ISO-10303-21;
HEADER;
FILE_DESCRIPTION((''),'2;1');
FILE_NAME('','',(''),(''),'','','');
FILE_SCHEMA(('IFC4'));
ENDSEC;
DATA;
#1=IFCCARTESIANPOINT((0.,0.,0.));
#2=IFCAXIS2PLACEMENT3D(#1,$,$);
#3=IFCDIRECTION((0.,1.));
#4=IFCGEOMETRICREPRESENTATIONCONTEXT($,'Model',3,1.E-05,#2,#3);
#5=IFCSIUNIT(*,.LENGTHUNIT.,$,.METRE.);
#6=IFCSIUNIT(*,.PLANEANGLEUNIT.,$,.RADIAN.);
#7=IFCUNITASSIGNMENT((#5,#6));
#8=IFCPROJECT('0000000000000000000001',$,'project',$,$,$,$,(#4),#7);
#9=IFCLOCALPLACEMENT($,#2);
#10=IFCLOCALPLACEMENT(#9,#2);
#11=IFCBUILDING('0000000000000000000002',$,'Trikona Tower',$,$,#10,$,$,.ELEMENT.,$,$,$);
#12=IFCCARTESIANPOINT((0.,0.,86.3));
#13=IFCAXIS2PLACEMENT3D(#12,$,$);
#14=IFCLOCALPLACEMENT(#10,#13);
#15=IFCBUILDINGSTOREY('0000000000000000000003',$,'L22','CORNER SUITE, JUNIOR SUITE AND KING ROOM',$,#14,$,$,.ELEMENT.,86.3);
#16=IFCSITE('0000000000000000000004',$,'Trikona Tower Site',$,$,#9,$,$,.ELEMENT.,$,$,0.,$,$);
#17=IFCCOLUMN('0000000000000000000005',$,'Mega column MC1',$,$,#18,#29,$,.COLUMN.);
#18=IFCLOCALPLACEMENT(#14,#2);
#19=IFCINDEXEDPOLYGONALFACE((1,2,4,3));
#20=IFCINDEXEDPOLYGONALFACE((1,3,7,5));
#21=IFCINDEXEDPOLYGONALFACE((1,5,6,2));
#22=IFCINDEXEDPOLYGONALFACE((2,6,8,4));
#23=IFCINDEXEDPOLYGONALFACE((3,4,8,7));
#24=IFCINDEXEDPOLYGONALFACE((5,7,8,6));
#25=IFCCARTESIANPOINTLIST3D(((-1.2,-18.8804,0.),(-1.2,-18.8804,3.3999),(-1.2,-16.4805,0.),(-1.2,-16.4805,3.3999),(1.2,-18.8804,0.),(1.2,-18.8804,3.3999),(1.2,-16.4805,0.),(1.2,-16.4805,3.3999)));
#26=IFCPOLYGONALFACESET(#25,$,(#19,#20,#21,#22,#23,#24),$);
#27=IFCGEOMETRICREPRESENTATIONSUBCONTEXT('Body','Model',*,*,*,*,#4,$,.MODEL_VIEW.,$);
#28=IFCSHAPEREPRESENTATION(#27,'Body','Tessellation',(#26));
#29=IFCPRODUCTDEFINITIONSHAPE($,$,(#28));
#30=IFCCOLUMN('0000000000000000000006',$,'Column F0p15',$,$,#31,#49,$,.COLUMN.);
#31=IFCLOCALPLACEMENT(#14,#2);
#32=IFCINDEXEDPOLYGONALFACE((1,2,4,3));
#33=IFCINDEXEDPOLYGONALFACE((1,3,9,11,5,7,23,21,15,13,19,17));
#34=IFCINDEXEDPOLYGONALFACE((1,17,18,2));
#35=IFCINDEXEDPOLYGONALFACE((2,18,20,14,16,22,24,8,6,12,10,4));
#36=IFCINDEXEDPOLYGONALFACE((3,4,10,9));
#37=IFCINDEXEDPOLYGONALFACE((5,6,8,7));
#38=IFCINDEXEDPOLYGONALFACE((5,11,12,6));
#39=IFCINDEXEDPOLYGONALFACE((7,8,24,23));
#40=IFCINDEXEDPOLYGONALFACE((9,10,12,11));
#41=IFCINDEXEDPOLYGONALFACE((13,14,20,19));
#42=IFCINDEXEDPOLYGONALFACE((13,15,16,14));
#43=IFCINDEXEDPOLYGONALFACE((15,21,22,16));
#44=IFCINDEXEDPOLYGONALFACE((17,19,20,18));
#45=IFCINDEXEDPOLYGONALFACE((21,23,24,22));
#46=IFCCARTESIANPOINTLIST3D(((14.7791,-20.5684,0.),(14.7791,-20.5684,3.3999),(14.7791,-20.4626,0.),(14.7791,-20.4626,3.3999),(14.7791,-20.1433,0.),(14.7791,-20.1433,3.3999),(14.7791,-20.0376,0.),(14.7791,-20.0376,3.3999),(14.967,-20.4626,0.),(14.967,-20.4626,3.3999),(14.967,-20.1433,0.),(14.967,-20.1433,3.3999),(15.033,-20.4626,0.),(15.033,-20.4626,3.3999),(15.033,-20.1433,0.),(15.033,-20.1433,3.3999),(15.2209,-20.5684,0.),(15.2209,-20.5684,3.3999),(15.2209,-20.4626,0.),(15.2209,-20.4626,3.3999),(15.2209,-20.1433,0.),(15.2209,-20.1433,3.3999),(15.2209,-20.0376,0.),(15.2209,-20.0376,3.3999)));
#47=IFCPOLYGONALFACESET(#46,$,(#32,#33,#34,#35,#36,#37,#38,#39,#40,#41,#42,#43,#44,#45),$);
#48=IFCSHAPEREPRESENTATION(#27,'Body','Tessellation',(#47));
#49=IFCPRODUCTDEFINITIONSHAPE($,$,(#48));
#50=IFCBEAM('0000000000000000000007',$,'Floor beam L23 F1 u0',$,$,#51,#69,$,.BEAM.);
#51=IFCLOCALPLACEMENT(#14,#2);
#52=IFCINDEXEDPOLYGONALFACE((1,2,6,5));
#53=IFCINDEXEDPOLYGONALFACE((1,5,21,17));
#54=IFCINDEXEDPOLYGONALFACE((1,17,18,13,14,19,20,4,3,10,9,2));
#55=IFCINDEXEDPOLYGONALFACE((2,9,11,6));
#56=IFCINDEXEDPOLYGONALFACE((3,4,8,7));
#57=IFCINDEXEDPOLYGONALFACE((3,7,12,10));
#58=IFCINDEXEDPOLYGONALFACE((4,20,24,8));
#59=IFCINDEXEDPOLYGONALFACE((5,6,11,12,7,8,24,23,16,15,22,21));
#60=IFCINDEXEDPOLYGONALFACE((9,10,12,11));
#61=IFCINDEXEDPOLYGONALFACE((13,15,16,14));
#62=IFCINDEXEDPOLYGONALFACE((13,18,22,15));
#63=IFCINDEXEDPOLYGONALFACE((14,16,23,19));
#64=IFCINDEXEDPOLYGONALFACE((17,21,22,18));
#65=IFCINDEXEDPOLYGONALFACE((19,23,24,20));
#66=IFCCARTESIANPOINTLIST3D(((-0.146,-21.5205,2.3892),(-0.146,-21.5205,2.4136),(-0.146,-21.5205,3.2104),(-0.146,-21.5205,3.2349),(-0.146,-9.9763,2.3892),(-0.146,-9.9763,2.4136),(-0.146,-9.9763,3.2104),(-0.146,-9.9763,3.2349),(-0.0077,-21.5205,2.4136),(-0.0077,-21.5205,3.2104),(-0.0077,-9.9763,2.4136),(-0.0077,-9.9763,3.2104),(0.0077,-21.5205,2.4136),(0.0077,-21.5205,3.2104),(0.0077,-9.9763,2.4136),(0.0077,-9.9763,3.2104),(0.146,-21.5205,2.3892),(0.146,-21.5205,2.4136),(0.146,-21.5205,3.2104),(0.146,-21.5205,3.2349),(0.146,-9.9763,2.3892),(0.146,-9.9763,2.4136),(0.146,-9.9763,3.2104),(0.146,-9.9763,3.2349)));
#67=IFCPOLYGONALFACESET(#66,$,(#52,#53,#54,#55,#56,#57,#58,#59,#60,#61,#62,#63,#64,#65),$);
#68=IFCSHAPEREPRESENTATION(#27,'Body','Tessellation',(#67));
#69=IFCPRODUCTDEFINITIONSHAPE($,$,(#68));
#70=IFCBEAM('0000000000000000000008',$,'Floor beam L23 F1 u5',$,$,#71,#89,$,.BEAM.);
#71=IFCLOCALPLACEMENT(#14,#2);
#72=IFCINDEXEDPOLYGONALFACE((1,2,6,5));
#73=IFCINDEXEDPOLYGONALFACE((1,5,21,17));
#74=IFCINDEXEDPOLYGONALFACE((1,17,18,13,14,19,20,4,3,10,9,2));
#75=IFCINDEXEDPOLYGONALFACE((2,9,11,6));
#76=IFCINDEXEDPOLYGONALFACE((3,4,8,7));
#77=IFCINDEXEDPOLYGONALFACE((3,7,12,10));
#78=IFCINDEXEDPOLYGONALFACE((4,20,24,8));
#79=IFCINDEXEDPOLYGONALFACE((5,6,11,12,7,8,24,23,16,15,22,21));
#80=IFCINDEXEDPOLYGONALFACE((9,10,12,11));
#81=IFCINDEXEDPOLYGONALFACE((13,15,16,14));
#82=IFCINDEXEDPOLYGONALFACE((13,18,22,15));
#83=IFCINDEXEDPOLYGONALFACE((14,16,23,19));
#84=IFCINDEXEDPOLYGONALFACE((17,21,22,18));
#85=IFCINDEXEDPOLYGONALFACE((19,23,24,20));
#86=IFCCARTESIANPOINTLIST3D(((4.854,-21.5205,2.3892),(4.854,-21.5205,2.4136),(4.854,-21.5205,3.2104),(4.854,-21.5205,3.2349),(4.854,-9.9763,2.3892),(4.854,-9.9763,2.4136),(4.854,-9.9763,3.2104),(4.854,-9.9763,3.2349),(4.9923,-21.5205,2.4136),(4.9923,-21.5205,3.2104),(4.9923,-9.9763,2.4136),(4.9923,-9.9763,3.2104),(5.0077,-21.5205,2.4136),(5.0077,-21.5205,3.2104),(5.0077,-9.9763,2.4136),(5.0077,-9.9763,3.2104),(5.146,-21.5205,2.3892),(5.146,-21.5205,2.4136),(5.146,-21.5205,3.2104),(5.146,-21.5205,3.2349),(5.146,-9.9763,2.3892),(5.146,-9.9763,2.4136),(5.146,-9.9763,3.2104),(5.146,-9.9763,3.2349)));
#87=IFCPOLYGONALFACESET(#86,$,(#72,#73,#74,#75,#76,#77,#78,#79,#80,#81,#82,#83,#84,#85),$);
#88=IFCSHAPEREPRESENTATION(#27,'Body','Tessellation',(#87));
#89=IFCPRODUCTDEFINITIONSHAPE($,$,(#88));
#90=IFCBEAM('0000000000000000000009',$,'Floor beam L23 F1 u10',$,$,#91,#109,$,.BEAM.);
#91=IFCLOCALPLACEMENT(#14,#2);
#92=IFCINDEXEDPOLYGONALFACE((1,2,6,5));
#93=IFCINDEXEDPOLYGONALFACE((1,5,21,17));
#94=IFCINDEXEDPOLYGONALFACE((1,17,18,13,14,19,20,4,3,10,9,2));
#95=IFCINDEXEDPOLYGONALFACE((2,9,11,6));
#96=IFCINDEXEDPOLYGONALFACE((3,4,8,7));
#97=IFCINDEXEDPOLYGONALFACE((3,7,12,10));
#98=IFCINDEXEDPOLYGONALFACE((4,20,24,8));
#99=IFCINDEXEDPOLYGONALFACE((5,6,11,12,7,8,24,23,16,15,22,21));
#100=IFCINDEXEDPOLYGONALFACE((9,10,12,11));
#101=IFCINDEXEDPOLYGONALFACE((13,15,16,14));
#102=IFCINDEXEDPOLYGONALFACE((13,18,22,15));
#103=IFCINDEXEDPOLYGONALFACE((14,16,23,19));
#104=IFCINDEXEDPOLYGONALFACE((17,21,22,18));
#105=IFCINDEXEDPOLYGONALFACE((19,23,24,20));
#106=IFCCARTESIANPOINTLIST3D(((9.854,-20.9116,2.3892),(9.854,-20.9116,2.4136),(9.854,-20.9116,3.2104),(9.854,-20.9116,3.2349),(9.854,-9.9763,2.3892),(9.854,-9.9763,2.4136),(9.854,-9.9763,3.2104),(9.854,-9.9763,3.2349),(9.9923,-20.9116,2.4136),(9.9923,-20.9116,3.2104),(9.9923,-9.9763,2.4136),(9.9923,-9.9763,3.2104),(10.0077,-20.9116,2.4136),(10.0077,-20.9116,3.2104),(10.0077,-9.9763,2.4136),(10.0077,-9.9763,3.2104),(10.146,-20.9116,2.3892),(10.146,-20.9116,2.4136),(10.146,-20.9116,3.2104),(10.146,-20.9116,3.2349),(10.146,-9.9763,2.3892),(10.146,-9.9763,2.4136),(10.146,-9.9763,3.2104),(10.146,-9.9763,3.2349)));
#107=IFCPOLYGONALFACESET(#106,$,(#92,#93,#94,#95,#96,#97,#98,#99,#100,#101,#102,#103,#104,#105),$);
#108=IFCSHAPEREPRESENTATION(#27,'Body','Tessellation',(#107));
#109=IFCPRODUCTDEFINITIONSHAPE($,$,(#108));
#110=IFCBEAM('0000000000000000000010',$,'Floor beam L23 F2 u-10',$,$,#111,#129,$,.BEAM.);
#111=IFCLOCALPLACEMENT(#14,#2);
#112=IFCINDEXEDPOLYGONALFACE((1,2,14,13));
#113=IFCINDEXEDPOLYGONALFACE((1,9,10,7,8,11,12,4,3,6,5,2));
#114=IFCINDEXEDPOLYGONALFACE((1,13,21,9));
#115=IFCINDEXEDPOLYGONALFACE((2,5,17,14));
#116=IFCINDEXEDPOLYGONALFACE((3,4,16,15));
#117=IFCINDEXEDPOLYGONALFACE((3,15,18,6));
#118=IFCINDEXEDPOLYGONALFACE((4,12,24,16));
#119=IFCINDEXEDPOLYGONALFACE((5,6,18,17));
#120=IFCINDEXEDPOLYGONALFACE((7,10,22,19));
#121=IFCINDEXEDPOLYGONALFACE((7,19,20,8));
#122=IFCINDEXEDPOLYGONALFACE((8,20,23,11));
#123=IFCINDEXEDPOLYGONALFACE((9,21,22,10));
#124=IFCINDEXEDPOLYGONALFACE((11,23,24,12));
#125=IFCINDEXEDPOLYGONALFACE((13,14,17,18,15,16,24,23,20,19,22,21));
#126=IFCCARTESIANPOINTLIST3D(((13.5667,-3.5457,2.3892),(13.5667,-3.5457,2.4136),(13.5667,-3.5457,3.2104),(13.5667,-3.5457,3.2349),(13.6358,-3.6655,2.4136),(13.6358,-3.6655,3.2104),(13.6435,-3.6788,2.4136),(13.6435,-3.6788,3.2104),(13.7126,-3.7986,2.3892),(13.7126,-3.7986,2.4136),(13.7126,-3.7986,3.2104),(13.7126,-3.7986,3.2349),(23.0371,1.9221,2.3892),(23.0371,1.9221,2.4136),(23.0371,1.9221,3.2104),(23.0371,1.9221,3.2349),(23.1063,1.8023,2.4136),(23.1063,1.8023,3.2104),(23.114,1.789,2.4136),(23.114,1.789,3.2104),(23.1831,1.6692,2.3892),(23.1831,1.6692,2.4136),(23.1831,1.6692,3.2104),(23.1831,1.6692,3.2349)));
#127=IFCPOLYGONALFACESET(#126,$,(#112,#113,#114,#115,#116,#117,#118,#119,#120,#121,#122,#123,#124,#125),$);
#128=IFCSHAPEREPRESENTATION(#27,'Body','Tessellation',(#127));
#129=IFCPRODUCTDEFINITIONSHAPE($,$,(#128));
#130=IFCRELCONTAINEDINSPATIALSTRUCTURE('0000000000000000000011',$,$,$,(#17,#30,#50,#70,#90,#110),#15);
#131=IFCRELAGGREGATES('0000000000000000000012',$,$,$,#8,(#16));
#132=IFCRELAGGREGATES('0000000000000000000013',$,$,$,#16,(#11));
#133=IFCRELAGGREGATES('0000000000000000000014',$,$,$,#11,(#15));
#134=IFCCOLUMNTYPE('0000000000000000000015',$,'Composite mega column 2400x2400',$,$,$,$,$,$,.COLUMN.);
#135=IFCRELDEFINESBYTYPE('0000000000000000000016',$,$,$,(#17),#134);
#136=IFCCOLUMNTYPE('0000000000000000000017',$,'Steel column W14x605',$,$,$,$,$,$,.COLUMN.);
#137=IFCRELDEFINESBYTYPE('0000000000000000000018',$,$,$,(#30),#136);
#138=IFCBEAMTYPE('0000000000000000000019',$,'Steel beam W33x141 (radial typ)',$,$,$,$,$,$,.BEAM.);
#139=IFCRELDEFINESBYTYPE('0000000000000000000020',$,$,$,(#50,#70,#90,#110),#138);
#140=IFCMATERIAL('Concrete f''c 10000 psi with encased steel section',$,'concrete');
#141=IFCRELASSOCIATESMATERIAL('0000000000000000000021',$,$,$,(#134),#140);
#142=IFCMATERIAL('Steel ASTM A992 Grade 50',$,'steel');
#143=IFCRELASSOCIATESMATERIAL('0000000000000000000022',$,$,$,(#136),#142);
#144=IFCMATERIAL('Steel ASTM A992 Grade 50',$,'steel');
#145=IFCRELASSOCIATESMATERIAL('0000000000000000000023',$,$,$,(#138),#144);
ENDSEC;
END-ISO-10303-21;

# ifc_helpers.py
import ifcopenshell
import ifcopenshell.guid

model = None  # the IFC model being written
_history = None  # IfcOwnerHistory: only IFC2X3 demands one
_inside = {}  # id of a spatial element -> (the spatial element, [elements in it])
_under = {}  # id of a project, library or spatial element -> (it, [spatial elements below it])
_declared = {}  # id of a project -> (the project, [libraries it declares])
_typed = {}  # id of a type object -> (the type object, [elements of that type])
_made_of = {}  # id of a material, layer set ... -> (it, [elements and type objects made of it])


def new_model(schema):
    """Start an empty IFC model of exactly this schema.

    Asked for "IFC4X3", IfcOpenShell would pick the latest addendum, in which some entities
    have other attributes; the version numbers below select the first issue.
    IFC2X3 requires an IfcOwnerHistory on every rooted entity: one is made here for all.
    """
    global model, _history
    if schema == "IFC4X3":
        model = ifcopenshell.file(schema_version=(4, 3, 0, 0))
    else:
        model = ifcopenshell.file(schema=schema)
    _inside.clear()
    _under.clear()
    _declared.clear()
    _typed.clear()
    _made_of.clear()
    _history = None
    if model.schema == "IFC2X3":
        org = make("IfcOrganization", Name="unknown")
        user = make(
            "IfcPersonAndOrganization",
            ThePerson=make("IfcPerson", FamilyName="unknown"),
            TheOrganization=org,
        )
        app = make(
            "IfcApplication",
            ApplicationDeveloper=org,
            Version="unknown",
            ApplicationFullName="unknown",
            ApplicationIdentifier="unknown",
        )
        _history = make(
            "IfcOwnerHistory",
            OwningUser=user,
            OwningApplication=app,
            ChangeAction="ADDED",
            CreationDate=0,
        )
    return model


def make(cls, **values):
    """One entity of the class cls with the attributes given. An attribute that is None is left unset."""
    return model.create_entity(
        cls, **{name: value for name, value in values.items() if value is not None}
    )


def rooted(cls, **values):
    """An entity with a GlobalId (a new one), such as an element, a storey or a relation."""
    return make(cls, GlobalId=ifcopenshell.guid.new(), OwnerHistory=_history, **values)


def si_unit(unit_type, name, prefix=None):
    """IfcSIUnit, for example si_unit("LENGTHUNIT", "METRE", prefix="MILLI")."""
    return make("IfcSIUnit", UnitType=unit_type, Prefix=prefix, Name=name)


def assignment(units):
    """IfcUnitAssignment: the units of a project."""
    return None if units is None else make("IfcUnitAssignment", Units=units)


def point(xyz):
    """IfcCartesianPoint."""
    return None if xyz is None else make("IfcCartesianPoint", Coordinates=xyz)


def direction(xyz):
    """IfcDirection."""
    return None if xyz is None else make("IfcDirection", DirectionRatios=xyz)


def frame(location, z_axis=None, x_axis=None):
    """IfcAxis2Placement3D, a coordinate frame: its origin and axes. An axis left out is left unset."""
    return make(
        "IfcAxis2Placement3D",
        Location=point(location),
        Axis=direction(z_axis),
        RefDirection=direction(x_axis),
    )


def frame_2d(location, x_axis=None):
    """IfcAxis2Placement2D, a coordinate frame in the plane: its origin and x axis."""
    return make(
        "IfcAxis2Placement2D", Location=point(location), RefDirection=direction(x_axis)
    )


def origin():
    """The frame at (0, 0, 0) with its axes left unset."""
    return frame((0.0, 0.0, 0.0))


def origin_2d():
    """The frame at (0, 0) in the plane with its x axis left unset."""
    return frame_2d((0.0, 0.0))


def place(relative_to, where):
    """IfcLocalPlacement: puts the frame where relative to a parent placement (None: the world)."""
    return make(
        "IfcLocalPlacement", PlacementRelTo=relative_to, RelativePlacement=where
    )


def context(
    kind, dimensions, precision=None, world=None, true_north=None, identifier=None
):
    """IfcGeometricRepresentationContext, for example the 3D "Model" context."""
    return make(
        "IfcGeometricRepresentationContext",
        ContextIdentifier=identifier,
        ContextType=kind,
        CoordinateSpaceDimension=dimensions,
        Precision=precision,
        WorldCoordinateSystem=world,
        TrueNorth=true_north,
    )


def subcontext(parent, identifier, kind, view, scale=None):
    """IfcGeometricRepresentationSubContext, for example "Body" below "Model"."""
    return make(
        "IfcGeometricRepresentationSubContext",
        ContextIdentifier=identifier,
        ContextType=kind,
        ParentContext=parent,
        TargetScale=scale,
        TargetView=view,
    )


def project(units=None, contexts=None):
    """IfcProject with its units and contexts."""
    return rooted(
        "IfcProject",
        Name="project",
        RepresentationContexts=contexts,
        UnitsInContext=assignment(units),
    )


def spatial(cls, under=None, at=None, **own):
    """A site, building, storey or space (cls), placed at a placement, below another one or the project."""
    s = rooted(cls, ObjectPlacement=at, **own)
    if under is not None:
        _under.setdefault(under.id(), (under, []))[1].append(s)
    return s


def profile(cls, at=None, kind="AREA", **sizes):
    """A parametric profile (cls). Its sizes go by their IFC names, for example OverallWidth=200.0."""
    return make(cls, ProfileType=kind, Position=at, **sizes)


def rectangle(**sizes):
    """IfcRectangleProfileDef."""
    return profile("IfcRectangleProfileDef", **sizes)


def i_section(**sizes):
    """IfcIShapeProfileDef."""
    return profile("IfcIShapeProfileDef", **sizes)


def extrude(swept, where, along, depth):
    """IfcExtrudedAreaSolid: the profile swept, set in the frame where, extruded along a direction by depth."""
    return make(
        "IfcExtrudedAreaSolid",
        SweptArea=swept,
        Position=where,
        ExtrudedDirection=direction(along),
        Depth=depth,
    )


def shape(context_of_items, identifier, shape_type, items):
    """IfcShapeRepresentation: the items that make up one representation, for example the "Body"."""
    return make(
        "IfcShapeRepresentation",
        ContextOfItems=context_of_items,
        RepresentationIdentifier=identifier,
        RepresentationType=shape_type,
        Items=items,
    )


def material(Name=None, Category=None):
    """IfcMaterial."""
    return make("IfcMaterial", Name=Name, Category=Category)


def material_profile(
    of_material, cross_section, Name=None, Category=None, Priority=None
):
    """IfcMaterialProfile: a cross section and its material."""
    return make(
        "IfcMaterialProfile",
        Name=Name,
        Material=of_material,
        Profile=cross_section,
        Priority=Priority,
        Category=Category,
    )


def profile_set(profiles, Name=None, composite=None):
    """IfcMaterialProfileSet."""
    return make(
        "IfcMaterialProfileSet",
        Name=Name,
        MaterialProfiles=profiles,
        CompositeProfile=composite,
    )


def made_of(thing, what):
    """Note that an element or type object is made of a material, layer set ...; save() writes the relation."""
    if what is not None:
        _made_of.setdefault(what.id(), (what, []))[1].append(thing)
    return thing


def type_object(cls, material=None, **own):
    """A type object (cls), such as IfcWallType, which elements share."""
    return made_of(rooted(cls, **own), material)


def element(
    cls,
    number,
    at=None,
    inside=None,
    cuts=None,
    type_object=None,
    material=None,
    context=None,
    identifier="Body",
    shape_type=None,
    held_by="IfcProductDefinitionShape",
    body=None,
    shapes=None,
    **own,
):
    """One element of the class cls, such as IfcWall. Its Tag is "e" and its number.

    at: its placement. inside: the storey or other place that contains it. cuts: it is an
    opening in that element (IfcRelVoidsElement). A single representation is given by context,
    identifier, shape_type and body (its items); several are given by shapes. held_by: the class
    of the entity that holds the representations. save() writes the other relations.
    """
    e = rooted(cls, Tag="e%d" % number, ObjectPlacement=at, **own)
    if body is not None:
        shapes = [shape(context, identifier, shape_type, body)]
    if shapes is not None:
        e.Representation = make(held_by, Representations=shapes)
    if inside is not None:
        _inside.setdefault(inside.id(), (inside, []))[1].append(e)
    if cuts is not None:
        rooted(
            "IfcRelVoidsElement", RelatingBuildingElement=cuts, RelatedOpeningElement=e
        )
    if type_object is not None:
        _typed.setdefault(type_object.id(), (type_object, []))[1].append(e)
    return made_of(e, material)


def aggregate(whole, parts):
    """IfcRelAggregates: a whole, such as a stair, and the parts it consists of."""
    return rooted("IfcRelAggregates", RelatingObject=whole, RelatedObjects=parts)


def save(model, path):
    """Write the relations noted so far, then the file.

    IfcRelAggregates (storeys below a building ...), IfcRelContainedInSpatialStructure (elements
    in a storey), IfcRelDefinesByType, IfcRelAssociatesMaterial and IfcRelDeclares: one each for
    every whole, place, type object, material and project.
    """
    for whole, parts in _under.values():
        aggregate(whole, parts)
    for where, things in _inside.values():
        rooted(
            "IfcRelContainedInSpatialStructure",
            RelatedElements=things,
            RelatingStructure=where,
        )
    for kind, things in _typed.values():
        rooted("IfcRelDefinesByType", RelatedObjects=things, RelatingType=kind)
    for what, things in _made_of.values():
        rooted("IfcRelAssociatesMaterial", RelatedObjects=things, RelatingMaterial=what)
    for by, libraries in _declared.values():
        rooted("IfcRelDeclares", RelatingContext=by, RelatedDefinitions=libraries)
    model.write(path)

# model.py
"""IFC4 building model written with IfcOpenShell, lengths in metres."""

from ifc_helpers import new_model, si_unit, direction, frame, origin, origin_2d, place, context, subcontext, project, spatial, rectangle, i_section, extrude, material, material_profile, profile_set, type_object, element, save


model = new_model("IFC4")

# Units and contexts
model_context = context("Model", 3, precision=1e-05, world=origin(), true_north=direction((0.0, 1.0)))
body_context = subcontext(model_context, "Body", "Model", "MODEL_VIEW")
ifc_project = project(units=[si_unit("LENGTHUNIT", "METRE"), si_unit("PLANEANGLEUNIT", "RADIAN")], contexts=[model_context])

# Site, building, storey
site_placement = place(None, origin())
site = spatial("IfcSite", under=ifc_project, at=site_placement, Name="Trikona Tower Site", CompositionType="ELEMENT", RefElevation=0.0)
building_placement = place(site_placement, origin())
building = spatial("IfcBuilding", under=site, at=building_placement, Name="Trikona Tower", CompositionType="ELEMENT")
storey_placement = place(building_placement, frame((0.0, 0.0, 86.3)))
storey = spatial("IfcBuildingStorey", under=building, at=storey_placement, Name="L22", Description="CORNER SUITE, JUNIOR SUITE AND KING ROOM", CompositionType="ELEMENT", Elevation=86.3)

# Columns
ifc_material_1 = material(Name="Concrete f'c 10000 psi with encased steel section", Category="concrete")
ifc_material_profile_1 = material_profile(ifc_material_1, rectangle(XDim=2.3999, YDim=2.3999, at=origin_2d()), Name="MC2400")
ifc_profile_set_1 = profile_set([ifc_material_profile_1], Name="Concrete f'c 10000 psi with encased steel section")
column_type_1 = type_object("IfcColumnType", Name="Composite mega column 2400x2400", PredefinedType="COLUMN", material=ifc_profile_set_1)
column_1_placement = place(storey_placement, frame((0.0, -17.6804, 0.0), z_axis=(0.0, 0.0, 1.0), x_axis=(0.0, -1.0, 0.0)))
element("IfcColumn", 1, at=column_1_placement, inside=storey, type_object=column_type_1, Name="Mega column MC1", PredefinedType="COLUMN", context=body_context, shape_type="SweptSolid", body=[
    extrude(rectangle(XDim=2.3999, YDim=2.3999, at=origin_2d()), origin(), (0.0, 0.0, 1.0), 3.3999),
])
ifc_material_2 = material(Name="Steel ASTM A992 Grade 50", Category="steel")
ifc_material_profile_2 = material_profile(ifc_material_2, i_section(OverallWidth=0.4419, OverallDepth=0.5308, WebThickness=0.0659, FlangeThickness=0.1057, at=origin_2d()), Name="W14X605")
ifc_profile_set_2 = profile_set([ifc_material_profile_2], Name="Steel ASTM A992 Grade 50")
column_type_2 = type_object("IfcColumnType", Name="Steel column W14x605", PredefinedType="COLUMN", material=ifc_profile_set_2)
column_2_placement = place(storey_placement, frame((15.0, -20.303, 0.0), z_axis=(0.0, 0.0, 1.0), x_axis=(1.0, 0.0, 0.0)))
element("IfcColumn", 2, at=column_2_placement, inside=storey, type_object=column_type_2, Name="Column F0p15", PredefinedType="COLUMN", context=body_context, shape_type="SweptSolid", body=[
    extrude(i_section(OverallWidth=0.4419, OverallDepth=0.5308, WebThickness=0.0659, FlangeThickness=0.1057, at=origin_2d()), origin(), (0.0, 0.0, 1.0), 3.3999),
])

# Beams
ifc_material_3 = material(Name="Steel ASTM A992 Grade 50", Category="steel")
ifc_material_profile_3 = material_profile(ifc_material_3, i_section(OverallWidth=0.292, OverallDepth=0.8457, WebThickness=0.0154, FlangeThickness=0.0244, at=origin_2d()), Name="W33X141")
ifc_profile_set_3 = profile_set([ifc_material_profile_3], Name="Steel ASTM A992 Grade 50")
beam_type = type_object("IfcBeamType", Name="Steel beam W33x141 (radial typ)", PredefinedType="BEAM", material=ifc_profile_set_3)
for number, where, z_axis, x_axis, name in (
    (3, (0.0, -9.9763, 2.812), (0.0, -1.0, 0.0), (1.0, 0.0, 0.0), "Floor beam L23 F1 u0"),
    (4, (5.0, -9.9763, 2.812), (0.0, -1.0, 0.0), (1.0, 0.0, 0.0), "Floor beam L23 F1 u5"),
):
    element("IfcBeam", number, at=place(storey_placement, frame(where, z_axis=z_axis, x_axis=x_axis)), inside=storey, type_object=beam_type, Name=name, PredefinedType="BEAM", context=body_context, shape_type="SweptSolid", body=[
        extrude(i_section(OverallWidth=0.292, OverallDepth=0.8457, WebThickness=0.0154, FlangeThickness=0.0244, at=origin_2d()), origin(), (0.0, 0.0, 1.0), 11.5442),
    ])
beam_1_placement = place(storey_placement, frame((10.0, -9.9763, 2.812), z_axis=(0.0, -1.0, 0.0), x_axis=(1.0, 0.0, 0.0)))
element("IfcBeam", 5, at=beam_1_placement, inside=storey, type_object=beam_type, Name="Floor beam L23 F1 u10", PredefinedType="BEAM", context=body_context, shape_type="SweptSolid", body=[
    extrude(i_section(OverallWidth=0.292, OverallDepth=0.8457, WebThickness=0.0154, FlangeThickness=0.0244, at=origin_2d()), origin(), (0.0, 0.0, 1.0), 10.9353),
])
beam_2_placement = place(storey_placement, frame((13.6396, -3.6721, 2.812), z_axis=(0.866025, 0.5, 0.0), x_axis=(-0.5, 0.866025, 0.0)))
element("IfcBeam", 6, at=beam_2_placement, inside=storey, type_object=beam_type, Name="Floor beam L23 F2 u-10", PredefinedType="BEAM", context=body_context, shape_type="SweptSolid", body=[
    extrude(i_section(OverallWidth=0.292, OverallDepth=0.8457, WebThickness=0.0154, FlangeThickness=0.0244, at=origin_2d()), origin(), (0.0, 0.0, 1.0), 10.9355),
])

save(model, "model.ifc")
